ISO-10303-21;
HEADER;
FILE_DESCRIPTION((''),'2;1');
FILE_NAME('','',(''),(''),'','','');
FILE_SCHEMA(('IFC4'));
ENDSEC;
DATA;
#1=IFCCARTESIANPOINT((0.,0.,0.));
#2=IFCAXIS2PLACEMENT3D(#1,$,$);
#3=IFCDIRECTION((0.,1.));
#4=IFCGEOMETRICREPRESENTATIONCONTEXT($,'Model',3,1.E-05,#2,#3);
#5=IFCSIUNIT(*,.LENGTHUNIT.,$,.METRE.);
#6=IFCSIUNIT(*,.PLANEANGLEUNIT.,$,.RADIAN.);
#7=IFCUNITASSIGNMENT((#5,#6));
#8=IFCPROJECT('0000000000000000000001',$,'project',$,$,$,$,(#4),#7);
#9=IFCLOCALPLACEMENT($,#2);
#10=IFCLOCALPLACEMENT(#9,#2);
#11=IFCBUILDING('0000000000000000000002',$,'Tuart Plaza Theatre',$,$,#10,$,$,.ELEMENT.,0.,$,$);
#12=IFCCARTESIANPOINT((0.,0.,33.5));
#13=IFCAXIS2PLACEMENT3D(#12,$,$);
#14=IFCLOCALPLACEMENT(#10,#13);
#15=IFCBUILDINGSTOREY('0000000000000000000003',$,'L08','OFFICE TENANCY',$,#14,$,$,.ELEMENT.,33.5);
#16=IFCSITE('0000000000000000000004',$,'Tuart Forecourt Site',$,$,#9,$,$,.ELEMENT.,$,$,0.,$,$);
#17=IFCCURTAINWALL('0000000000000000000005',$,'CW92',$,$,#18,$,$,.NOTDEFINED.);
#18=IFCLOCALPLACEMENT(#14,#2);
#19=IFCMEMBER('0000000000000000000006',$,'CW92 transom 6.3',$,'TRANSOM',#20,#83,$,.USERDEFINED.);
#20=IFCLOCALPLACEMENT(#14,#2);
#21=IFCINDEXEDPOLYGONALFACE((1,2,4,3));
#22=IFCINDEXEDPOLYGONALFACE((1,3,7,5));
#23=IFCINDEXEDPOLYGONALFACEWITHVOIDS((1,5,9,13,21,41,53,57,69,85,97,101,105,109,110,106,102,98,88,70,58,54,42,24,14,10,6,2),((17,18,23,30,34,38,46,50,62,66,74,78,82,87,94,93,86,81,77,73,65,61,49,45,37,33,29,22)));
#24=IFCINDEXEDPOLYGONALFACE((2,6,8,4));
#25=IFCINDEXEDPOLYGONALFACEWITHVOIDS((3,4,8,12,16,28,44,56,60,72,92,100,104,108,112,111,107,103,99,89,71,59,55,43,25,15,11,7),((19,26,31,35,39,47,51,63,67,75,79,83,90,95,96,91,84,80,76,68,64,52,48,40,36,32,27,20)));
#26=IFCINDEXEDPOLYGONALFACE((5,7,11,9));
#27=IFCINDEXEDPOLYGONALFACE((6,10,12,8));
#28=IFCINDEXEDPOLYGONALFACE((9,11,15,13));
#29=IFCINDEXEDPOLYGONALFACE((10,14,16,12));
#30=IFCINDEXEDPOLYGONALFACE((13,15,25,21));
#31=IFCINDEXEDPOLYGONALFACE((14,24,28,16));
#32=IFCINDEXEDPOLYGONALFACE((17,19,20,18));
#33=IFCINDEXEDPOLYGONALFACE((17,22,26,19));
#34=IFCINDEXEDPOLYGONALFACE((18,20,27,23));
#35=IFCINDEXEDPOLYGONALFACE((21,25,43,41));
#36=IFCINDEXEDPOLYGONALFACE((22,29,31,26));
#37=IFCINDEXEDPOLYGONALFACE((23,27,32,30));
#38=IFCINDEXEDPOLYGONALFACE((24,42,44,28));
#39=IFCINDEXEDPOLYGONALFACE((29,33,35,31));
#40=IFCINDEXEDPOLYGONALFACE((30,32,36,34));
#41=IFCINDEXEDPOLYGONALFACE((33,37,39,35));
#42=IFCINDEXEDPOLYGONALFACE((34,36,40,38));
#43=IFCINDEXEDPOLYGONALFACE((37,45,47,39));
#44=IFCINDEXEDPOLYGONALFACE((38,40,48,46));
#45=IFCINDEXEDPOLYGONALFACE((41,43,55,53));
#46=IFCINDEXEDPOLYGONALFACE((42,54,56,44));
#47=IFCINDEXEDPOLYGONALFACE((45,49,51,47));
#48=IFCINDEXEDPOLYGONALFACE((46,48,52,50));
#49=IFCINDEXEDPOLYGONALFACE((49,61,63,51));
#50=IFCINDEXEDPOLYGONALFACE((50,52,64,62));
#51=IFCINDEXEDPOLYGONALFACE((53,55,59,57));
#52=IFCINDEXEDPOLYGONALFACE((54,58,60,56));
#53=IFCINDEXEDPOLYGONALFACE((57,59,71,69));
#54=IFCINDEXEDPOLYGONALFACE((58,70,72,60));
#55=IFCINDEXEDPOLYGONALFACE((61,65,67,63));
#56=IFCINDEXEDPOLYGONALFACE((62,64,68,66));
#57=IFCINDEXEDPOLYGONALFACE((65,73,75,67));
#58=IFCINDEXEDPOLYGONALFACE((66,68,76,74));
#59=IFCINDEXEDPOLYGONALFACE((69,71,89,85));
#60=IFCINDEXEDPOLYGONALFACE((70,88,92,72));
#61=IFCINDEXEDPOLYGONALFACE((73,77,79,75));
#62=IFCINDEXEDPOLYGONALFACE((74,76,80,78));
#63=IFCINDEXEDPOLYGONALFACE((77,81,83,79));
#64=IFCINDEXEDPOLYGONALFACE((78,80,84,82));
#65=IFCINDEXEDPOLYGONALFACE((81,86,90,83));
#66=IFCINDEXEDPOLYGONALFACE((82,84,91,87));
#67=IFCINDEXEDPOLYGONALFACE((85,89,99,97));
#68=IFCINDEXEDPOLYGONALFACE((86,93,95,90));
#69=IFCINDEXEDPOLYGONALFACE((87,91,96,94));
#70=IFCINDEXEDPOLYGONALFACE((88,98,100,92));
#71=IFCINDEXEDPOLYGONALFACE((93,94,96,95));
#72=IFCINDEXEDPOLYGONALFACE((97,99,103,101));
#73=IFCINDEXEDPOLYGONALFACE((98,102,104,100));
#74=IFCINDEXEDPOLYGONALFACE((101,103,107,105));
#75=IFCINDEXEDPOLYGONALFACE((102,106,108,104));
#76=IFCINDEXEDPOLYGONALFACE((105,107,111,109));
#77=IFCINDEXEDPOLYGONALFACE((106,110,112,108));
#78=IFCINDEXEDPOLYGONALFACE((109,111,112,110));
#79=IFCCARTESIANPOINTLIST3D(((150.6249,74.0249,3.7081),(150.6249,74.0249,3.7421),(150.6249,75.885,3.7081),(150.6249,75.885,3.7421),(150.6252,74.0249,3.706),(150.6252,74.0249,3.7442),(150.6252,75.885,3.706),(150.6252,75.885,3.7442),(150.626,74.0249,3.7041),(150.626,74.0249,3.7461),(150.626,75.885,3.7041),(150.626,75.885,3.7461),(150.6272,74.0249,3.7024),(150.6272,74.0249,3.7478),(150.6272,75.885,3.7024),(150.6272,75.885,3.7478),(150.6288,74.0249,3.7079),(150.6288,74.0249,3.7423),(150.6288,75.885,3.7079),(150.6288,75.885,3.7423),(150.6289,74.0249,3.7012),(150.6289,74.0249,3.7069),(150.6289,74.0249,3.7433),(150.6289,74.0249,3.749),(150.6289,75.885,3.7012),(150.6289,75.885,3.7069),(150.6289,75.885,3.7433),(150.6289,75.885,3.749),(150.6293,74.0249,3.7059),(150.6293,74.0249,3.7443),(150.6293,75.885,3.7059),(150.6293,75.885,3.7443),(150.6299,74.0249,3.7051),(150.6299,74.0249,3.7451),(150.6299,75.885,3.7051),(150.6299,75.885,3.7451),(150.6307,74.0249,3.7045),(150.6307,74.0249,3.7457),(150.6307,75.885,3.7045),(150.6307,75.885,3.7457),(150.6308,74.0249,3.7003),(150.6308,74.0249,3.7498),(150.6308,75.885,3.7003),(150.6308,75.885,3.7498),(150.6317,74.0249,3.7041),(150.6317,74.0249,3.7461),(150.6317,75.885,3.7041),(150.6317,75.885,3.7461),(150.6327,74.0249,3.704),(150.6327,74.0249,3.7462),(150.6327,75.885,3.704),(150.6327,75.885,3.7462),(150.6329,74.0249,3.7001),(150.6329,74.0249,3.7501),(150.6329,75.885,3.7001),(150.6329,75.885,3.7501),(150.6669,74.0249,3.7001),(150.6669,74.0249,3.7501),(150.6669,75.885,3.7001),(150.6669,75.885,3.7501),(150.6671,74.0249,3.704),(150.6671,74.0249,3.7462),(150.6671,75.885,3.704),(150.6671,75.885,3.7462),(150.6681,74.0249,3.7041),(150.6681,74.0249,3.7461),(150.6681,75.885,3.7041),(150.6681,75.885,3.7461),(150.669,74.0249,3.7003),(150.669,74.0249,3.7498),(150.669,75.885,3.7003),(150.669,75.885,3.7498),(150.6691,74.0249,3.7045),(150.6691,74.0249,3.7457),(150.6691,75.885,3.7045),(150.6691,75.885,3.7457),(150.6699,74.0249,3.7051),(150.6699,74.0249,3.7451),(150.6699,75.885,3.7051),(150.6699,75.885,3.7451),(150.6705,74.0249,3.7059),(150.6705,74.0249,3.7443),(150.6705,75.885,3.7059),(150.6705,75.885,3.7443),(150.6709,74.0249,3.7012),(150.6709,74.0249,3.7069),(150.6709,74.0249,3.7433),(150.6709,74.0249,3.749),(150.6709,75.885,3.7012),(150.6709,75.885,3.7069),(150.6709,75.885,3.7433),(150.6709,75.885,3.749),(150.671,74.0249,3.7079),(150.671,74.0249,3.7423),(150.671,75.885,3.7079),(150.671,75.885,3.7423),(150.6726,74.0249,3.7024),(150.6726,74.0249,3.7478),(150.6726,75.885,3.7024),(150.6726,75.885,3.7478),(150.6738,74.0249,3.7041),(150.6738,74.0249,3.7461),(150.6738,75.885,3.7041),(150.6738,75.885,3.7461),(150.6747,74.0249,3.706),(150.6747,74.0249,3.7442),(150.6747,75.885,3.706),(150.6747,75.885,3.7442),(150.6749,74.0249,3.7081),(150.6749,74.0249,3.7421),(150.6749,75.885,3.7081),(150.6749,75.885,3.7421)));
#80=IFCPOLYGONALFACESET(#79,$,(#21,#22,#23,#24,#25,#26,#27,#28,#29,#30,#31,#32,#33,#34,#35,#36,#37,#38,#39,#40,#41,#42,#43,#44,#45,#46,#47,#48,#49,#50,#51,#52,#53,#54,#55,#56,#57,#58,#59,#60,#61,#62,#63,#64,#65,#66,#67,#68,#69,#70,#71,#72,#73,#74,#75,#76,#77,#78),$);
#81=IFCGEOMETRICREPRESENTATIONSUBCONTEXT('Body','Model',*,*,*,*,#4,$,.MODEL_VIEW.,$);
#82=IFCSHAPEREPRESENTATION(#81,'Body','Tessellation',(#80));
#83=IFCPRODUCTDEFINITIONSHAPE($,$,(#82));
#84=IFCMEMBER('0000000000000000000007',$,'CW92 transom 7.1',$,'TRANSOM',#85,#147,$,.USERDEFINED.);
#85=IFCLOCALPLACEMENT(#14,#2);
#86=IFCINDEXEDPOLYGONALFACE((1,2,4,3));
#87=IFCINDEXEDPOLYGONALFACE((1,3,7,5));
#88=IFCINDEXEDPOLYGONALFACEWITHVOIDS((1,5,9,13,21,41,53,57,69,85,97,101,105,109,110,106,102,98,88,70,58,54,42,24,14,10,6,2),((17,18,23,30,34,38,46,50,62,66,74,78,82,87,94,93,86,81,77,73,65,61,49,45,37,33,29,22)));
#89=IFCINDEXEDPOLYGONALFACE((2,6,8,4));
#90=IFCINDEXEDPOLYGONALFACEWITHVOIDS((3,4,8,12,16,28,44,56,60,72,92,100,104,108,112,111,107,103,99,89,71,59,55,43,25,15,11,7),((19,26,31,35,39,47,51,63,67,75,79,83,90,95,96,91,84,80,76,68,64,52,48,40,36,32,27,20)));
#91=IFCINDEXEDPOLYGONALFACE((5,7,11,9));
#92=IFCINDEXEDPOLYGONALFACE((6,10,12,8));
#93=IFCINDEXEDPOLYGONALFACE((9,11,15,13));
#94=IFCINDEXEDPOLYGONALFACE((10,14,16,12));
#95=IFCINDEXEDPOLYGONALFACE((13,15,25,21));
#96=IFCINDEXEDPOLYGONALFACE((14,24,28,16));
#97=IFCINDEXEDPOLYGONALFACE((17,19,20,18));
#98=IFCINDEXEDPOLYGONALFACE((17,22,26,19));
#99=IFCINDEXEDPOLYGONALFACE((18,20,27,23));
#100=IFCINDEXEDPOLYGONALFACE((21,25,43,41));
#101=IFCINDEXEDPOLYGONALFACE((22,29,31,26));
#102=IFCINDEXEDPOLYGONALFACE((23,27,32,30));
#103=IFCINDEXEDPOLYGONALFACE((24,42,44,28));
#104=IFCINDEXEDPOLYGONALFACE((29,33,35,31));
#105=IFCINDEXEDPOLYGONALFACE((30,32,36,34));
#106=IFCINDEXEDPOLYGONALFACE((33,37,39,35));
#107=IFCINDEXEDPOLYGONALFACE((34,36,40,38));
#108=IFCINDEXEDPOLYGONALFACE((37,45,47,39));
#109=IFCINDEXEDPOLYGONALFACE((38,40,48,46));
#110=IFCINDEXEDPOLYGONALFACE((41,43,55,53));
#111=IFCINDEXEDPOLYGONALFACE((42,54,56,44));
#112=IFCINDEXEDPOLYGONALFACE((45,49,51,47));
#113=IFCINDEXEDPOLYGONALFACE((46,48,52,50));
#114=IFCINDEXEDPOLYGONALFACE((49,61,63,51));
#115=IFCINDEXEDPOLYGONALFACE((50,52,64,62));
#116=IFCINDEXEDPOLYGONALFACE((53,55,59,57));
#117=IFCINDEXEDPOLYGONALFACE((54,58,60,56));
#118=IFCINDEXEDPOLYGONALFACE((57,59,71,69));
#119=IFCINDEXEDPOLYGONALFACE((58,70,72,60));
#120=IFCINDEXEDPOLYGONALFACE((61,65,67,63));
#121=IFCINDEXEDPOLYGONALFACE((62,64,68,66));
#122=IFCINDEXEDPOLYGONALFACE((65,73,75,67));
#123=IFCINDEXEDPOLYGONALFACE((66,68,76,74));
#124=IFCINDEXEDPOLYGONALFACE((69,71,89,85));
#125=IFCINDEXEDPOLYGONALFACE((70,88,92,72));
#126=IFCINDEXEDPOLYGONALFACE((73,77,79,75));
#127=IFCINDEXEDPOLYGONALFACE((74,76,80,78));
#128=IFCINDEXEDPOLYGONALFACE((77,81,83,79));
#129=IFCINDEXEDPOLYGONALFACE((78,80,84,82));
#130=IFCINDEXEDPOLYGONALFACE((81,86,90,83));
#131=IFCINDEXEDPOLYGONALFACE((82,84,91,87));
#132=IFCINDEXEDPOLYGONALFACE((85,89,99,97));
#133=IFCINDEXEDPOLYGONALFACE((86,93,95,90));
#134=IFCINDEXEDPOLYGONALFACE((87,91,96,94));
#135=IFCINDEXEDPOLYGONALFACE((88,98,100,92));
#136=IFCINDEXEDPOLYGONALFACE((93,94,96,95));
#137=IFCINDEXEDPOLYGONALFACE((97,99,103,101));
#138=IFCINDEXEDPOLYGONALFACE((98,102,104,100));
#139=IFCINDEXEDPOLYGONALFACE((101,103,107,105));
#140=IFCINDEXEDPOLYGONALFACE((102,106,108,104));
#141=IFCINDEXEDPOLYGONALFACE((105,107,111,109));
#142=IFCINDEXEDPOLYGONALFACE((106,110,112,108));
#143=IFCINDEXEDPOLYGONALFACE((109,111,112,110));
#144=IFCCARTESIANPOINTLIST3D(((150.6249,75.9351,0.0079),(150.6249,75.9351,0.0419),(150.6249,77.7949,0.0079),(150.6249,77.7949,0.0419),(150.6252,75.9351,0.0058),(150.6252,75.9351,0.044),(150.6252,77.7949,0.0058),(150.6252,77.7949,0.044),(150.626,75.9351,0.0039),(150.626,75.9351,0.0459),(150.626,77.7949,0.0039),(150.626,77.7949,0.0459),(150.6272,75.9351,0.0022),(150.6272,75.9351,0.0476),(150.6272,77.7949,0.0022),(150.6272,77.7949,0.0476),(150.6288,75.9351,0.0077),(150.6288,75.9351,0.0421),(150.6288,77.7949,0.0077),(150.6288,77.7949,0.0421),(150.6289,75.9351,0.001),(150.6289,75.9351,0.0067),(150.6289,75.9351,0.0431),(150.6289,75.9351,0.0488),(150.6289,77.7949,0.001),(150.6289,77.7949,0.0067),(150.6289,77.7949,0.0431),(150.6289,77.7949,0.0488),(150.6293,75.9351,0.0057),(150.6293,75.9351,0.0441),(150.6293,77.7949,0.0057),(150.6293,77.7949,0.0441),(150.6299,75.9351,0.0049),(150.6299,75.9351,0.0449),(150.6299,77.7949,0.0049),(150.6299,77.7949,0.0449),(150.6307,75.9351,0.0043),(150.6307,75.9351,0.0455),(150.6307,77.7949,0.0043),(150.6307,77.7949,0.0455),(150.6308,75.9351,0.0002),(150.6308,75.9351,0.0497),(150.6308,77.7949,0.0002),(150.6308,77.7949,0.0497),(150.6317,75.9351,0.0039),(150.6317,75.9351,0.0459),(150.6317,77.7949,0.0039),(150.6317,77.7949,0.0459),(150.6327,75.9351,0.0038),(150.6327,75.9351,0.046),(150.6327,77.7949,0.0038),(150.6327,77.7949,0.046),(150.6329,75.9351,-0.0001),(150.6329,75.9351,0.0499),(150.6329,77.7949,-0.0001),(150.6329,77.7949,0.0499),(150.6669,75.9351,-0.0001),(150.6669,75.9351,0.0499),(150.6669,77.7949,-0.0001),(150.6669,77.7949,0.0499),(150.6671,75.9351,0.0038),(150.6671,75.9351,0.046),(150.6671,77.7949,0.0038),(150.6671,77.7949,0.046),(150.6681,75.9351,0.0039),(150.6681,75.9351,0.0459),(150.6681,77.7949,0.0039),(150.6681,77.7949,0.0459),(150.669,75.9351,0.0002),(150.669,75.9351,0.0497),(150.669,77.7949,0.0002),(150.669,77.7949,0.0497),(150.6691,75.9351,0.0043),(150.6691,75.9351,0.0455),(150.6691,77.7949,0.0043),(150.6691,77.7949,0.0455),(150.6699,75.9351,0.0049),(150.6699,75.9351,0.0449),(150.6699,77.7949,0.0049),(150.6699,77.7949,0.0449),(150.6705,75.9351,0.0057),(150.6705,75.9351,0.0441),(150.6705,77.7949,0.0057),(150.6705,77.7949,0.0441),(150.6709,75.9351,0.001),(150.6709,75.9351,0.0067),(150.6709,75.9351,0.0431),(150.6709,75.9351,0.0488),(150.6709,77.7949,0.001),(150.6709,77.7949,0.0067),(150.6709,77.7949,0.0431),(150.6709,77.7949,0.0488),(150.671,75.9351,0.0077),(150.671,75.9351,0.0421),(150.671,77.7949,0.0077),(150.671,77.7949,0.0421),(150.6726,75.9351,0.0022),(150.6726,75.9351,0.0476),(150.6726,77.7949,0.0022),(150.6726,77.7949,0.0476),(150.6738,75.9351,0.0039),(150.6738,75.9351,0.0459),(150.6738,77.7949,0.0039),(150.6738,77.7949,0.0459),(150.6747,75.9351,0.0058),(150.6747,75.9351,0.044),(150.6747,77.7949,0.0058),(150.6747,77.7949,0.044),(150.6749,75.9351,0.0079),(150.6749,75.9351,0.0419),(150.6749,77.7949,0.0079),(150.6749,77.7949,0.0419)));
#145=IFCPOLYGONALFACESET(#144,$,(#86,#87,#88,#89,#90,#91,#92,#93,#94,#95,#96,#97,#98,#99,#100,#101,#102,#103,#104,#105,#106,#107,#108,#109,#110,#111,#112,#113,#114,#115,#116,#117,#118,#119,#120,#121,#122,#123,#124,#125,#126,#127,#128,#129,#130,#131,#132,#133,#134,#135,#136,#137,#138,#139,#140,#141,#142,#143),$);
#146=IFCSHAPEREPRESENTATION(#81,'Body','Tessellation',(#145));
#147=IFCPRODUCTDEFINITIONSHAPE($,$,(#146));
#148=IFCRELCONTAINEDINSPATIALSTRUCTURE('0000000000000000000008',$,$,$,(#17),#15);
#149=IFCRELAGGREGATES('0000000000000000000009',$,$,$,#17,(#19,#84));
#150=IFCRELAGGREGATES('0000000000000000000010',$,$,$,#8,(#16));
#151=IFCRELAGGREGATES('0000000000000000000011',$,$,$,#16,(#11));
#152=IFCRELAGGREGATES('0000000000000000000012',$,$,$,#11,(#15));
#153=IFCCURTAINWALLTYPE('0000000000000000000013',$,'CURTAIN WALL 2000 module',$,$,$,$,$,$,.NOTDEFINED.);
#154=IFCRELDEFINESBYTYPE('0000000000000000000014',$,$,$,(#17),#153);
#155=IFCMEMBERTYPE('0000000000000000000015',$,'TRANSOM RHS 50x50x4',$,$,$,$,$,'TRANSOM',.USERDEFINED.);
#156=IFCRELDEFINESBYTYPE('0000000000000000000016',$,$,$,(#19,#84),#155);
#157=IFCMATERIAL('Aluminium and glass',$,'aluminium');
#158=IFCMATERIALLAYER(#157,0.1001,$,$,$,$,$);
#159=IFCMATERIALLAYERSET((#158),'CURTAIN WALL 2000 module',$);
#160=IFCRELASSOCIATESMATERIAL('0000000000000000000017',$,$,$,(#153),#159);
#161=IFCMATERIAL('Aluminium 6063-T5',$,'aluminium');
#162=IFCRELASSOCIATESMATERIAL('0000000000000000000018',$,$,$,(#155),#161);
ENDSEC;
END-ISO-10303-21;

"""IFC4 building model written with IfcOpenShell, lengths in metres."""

from ifc_helpers import new_model, si_unit, direction, frame, origin, origin_2d, place, context, subcontext, project, spatial, hollow_rectangle, extrude, material, layer, layer_set, material_profile, profile_set, type_object, element, aggregate, save


model = new_model("IFC4")

# Units and contexts
model_context = context("Model", 3, precision=1e-05, world=origin(), true_north=direction((0.0, 1.0)))
body_context = subcontext(model_context, "Body", "Model", "MODEL_VIEW")
ifc_project = project(units=[si_unit("LENGTHUNIT", "METRE"), si_unit("PLANEANGLEUNIT", "RADIAN")], contexts=[model_context])

# Site, building, storey
site_placement = place(None, origin())
site = spatial("IfcSite", under=ifc_project, at=site_placement, Name="Tuart Forecourt Site", CompositionType="ELEMENT", RefElevation=0.0)
building_placement = place(site_placement, origin())
building = spatial("IfcBuilding", under=site, at=building_placement, Name="Tuart Plaza Theatre", CompositionType="ELEMENT", ElevationOfRefHeight=0.0)
storey_placement = place(building_placement, frame((0.0, 0.0, 33.5)))
storey = spatial("IfcBuildingStorey", under=building, at=storey_placement, Name="L08", Description="OFFICE TENANCY", CompositionType="ELEMENT", Elevation=33.5)

# Curtain wall, members
ifc_material_1 = material(Name="Aluminium and glass", Category="aluminium")
ifc_layer_1 = layer(ifc_material_1, 0.1001)
ifc_layer_set_1 = layer_set([ifc_layer_1], Name="CURTAIN WALL 2000 module")
curtain_wall_type = type_object("IfcCurtainWallType", Name="CURTAIN WALL 2000 module", PredefinedType="NOTDEFINED", material=ifc_layer_set_1)
curtain_wall_placement = place(storey_placement, origin())
curtain_wall = element("IfcCurtainWall", 1, at=curtain_wall_placement, inside=storey, type_object=curtain_wall_type, Name="CW92", PredefinedType="NOTDEFINED")
ifc_material_2 = material(Name="Aluminium 6063-T5", Category="aluminium")
ifc_material_profile_1 = material_profile(ifc_material_2, hollow_rectangle(XDim=0.05, YDim=0.05, WallThickness=0.0039, InnerFilletRadius=0.0039, OuterFilletRadius=0.0081, at=origin_2d()), Name="RHS 50x50x4")
ifc_profile_set_1 = profile_set([ifc_material_profile_1], Name="Aluminium 6063-T5")
member_type_1 = type_object("IfcMemberType", Name="TRANSOM RHS 50x50x4", ElementType="TRANSOM", PredefinedType="USERDEFINED", material=ifc_profile_set_1)
member_1_placement = place(storey_placement, frame((150.6499, 74.0249, 3.7251), z_axis=(0.0, 1.0, 0.0), x_axis=(-1.0, 0.0, 0.0)))
member_1 = element("IfcMember", 2, at=member_1_placement, type_object=member_type_1, Name="CW92 transom 6.3", ObjectType="TRANSOM", PredefinedType="USERDEFINED", context=body_context, shape_type="SweptSolid", body=[
    extrude(hollow_rectangle(XDim=0.05, YDim=0.05, WallThickness=0.0039, InnerFilletRadius=0.0039, OuterFilletRadius=0.0081, at=origin_2d()), origin(), (0.0, 0.0, 1.0), 1.8601),
])
member_2_placement = place(storey_placement, frame((150.6499, 75.9351, 0.0249), z_axis=(0.0, 1.0, 0.0), x_axis=(-1.0, 0.0, 0.0)))
member_2 = element("IfcMember", 3, at=member_2_placement, type_object=member_type_1, Name="CW92 transom 7.1", ObjectType="TRANSOM", PredefinedType="USERDEFINED", context=body_context, shape_type="SweptSolid", body=[
    extrude(hollow_rectangle(XDim=0.05, YDim=0.05, WallThickness=0.0039, InnerFilletRadius=0.0039, OuterFilletRadius=0.0081, at=origin_2d()), origin(), (0.0, 0.0, 1.0), 1.8599),
])
aggregate(curtain_wall, [member_1, member_2])

save(model, "model.ifc")
